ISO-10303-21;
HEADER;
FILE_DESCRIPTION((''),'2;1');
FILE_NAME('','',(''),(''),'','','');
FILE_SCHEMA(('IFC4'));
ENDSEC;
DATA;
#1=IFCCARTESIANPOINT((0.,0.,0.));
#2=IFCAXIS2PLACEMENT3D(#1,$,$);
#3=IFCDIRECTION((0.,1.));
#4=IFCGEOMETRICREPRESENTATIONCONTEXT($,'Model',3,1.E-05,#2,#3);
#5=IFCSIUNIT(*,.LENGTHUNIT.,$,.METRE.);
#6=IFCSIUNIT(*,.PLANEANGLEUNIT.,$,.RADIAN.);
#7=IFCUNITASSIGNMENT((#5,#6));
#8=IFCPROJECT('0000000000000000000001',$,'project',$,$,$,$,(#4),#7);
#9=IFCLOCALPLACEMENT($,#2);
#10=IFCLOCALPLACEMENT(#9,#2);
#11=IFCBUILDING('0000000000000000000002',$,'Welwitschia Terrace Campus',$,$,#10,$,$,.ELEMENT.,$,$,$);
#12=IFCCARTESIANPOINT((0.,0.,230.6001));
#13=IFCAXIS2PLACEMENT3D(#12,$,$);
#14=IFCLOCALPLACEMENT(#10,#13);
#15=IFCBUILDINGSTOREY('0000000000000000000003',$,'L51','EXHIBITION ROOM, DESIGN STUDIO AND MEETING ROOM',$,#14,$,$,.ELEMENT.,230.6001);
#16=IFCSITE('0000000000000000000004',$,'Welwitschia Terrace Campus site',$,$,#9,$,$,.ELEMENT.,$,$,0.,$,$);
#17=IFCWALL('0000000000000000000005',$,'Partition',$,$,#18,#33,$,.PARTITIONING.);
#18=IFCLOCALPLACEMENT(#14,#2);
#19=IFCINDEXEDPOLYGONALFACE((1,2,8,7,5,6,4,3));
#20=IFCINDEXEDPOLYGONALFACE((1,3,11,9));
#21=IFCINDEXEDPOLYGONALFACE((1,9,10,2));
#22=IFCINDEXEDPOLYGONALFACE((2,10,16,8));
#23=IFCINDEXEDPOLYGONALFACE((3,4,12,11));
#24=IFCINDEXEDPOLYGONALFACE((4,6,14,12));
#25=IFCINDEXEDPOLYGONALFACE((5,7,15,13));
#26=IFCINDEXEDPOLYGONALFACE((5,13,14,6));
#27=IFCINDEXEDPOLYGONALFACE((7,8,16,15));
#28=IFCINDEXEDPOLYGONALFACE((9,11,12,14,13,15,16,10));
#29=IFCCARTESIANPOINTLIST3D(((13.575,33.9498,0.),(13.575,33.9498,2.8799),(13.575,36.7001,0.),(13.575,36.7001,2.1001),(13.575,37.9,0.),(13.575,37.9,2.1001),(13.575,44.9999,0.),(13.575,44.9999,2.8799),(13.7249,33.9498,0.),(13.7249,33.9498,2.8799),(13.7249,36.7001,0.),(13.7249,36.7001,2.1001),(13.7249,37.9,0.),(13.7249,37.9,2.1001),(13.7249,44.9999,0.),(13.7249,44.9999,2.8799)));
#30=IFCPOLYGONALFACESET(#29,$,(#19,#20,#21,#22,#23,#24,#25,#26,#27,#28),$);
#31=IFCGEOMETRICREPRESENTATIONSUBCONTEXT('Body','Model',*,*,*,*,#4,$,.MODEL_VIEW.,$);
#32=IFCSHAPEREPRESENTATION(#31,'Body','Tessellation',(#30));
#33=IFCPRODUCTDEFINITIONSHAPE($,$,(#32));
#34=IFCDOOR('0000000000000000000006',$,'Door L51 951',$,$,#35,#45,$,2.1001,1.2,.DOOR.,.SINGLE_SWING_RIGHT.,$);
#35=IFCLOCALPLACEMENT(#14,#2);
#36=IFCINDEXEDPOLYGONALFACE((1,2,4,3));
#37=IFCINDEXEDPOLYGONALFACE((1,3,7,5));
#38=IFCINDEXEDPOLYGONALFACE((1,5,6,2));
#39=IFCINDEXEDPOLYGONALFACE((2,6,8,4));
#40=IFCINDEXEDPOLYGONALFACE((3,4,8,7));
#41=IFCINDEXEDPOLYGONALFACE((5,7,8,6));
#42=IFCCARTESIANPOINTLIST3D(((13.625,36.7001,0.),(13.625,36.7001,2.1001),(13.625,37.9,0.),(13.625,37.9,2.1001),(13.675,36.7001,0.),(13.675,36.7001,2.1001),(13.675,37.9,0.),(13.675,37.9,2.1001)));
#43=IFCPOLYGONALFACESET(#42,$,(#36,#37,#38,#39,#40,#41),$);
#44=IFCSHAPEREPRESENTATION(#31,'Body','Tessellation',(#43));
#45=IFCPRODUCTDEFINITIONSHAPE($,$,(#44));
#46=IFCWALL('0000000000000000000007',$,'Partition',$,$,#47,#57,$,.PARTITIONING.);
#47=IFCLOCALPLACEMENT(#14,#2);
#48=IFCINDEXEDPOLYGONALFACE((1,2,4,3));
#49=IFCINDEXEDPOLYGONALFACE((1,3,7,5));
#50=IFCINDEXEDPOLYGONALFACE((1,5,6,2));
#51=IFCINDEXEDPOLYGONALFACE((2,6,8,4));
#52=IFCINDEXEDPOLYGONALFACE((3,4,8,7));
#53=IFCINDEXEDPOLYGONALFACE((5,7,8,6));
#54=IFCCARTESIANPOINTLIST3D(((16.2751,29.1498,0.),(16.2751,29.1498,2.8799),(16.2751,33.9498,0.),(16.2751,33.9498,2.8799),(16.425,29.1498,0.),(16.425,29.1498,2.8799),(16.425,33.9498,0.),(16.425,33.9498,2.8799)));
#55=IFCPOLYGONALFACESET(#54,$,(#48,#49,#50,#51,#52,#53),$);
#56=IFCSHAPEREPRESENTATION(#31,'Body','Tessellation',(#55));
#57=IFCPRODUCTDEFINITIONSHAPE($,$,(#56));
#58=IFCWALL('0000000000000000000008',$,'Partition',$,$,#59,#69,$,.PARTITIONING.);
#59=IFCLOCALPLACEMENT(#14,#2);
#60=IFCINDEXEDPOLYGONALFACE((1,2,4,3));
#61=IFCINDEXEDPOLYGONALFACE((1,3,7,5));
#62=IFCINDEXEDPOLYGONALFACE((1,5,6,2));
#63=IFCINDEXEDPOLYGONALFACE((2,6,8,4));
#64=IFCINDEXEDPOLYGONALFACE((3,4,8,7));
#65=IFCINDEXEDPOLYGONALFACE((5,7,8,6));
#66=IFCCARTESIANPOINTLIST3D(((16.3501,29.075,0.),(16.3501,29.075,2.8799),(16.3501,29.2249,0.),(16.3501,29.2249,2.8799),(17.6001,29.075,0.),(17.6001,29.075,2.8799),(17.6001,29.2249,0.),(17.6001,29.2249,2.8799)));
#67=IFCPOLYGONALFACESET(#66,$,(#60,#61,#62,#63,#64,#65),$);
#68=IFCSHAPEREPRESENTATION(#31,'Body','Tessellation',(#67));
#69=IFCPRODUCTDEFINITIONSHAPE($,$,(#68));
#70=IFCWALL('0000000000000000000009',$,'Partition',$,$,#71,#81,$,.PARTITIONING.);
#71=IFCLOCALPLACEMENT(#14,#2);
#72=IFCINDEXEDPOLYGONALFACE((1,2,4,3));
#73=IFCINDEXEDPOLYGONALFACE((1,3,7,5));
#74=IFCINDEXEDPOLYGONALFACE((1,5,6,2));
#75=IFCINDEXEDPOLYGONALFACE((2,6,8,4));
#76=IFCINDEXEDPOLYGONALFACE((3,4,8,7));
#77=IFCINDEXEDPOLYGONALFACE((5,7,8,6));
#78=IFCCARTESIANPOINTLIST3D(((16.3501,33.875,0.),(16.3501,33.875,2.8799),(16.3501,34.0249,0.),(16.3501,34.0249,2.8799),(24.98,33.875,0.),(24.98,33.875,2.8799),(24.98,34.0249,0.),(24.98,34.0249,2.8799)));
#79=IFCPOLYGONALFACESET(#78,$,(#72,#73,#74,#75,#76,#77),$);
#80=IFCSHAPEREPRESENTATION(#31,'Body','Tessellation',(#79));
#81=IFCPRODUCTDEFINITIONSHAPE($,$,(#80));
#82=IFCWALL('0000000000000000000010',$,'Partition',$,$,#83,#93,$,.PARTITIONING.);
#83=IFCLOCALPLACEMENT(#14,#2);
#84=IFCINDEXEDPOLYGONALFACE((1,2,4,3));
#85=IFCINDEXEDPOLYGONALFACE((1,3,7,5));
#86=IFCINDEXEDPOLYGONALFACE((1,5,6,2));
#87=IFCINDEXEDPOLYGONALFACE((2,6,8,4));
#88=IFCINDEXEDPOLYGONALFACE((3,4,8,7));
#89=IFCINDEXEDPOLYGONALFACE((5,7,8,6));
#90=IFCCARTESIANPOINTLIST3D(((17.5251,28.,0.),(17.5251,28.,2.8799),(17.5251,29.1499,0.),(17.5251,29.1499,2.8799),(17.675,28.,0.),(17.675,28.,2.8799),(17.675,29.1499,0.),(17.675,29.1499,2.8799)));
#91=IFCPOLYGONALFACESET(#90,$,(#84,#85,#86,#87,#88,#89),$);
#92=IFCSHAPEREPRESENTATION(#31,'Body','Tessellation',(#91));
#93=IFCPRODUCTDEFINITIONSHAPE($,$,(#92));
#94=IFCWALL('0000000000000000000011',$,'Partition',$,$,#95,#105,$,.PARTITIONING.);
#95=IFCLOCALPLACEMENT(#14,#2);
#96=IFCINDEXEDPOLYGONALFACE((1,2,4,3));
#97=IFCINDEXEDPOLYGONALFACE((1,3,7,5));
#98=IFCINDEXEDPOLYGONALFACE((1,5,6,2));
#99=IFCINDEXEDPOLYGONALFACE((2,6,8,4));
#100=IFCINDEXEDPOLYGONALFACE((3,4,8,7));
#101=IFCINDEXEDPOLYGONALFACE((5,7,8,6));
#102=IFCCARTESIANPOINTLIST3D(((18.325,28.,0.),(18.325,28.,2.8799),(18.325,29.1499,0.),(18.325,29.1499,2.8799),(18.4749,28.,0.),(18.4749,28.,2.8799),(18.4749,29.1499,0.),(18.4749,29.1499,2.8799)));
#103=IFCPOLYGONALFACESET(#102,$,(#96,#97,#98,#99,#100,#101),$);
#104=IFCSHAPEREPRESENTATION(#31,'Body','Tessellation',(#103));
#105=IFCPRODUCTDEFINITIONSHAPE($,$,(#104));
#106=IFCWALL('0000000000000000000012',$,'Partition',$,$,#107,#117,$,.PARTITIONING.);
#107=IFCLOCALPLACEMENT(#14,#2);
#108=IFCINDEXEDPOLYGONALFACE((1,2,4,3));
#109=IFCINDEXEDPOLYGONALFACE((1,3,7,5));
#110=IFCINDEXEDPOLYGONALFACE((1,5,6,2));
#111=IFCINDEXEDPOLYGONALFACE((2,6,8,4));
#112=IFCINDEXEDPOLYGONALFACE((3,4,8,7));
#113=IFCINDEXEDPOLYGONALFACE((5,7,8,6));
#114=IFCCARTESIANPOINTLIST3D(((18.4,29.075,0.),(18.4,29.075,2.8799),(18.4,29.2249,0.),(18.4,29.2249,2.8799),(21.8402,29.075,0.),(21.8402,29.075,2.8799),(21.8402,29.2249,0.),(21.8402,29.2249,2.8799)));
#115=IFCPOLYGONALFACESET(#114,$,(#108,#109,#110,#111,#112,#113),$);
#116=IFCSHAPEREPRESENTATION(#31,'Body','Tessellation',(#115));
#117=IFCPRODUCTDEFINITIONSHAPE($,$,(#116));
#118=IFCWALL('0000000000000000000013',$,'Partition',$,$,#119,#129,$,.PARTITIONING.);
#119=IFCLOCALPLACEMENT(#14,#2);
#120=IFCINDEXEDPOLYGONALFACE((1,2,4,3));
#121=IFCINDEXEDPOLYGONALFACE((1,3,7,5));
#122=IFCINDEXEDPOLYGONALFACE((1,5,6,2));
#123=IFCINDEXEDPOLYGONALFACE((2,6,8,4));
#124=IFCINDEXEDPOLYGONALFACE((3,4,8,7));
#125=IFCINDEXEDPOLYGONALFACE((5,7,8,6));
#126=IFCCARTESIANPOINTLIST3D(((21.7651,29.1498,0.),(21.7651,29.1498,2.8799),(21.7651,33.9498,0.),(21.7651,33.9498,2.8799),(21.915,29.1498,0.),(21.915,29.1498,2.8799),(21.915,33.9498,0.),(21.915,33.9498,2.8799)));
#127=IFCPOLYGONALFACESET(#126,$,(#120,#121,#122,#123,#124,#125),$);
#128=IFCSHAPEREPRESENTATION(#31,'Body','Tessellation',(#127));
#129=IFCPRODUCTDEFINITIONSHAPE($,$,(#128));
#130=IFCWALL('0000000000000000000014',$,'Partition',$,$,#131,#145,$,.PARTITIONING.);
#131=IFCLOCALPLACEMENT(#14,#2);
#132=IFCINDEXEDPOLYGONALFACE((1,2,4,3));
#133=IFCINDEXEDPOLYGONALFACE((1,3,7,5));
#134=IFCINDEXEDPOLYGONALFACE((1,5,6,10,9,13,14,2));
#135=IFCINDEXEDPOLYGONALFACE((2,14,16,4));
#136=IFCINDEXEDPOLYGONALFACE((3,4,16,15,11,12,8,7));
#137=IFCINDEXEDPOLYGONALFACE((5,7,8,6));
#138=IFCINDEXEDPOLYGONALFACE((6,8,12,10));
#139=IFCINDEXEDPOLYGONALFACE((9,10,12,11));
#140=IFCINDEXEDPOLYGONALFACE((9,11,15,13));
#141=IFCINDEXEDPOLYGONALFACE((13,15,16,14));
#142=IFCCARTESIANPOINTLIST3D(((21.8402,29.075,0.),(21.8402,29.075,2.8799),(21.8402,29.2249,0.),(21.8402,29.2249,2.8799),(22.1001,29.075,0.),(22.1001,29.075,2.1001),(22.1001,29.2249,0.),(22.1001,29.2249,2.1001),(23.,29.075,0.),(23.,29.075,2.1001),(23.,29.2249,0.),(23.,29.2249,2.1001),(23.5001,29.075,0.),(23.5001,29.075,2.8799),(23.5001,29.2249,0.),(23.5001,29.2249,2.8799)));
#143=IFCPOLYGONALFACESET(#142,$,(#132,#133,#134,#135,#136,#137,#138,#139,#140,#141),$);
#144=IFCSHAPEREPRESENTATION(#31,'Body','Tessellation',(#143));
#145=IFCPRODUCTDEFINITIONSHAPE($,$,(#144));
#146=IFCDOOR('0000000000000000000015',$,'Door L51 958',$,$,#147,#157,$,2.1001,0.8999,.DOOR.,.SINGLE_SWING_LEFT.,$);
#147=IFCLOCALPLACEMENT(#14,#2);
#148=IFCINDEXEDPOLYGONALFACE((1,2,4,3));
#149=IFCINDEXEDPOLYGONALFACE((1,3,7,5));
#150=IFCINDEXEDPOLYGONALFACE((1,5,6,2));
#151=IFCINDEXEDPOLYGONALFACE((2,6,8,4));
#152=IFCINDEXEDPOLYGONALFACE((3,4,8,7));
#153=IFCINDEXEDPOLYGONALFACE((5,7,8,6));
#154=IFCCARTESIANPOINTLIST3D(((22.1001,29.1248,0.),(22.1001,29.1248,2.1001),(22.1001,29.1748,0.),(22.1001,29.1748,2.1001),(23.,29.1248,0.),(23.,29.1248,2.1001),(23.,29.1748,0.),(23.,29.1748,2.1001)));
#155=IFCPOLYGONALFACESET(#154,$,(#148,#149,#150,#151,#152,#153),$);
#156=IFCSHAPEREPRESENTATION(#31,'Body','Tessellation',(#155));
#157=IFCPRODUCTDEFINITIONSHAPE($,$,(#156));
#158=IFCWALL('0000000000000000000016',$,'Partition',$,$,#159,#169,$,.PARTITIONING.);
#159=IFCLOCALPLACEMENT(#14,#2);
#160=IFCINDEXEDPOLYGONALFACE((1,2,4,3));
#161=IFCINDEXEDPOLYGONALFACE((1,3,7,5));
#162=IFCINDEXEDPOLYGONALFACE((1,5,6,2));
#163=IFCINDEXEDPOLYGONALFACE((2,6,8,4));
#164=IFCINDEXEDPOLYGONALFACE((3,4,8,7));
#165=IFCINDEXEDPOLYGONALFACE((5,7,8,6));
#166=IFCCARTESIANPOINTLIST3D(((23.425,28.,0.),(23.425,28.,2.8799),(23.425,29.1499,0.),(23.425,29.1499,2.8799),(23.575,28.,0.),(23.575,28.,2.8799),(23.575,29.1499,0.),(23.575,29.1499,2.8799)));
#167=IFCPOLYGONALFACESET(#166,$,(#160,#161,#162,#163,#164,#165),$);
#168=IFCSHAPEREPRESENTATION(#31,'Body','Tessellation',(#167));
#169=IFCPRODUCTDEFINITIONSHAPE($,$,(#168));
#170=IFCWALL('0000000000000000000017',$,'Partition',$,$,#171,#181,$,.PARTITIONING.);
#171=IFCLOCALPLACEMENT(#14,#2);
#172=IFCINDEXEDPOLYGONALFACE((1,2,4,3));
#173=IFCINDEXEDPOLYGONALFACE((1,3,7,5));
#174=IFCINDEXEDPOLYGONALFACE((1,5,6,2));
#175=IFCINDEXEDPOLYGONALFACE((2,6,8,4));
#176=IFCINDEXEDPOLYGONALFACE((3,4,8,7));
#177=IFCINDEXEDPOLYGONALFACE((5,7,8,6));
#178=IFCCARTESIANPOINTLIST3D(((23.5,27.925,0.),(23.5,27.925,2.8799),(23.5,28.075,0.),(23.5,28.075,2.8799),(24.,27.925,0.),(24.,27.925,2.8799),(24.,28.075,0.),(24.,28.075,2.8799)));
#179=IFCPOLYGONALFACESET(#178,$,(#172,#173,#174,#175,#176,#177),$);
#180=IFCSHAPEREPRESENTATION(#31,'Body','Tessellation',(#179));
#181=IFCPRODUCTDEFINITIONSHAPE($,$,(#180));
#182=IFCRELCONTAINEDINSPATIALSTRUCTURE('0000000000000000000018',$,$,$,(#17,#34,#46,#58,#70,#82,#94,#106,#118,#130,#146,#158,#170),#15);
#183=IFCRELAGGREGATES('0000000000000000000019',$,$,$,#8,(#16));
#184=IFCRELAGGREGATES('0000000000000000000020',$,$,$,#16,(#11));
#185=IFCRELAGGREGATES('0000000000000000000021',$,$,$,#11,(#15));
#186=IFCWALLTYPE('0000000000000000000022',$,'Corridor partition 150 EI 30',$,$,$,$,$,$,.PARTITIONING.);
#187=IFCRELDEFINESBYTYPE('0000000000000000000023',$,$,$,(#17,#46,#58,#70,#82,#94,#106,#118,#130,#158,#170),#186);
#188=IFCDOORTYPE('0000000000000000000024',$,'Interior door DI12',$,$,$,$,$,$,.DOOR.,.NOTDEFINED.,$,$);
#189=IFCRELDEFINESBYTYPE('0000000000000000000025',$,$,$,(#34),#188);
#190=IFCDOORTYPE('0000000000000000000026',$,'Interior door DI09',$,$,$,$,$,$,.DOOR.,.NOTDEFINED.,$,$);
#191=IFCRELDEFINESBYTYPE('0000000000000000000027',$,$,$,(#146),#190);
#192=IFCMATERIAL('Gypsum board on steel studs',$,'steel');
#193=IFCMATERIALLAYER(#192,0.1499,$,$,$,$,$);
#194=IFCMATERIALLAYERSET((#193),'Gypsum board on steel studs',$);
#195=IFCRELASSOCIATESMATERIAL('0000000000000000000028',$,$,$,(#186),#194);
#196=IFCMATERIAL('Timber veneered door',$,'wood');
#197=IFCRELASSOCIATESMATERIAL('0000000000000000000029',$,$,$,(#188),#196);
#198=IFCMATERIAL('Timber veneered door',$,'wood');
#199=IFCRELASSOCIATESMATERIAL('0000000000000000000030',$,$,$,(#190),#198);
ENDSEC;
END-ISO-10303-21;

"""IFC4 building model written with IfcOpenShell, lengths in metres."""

from ifc_helpers import new_model, si_unit, direction, frame, frame_2d, origin, place, context, subcontext, project, spatial, rectangle, extrude, material, layer, layer_set, type_object, element, fill, save


model = new_model("IFC4")

# Units and contexts
model_context = context("Model", 3, precision=1e-05, world=origin(), true_north=direction((0.0, 1.0)))
body_context = subcontext(model_context, "Body", "Model", "MODEL_VIEW")
ifc_project = project(units=[si_unit("LENGTHUNIT", "METRE"), si_unit("PLANEANGLEUNIT", "RADIAN")], contexts=[model_context])

# Site, building, storey
site_placement = place(None, origin())
site = spatial("IfcSite", under=ifc_project, at=site_placement, Name="Welwitschia Terrace Campus site", CompositionType="ELEMENT", RefElevation=0.0)
building_placement = place(site_placement, origin())
building = spatial("IfcBuilding", under=site, at=building_placement, Name="Welwitschia Terrace Campus", CompositionType="ELEMENT")
storey_placement = place(building_placement, frame((0.0, 0.0, 230.6001)))
storey = spatial("IfcBuildingStorey", under=building, at=storey_placement, Name="L51", Description="EXHIBITION ROOM, DESIGN STUDIO AND MEETING ROOM", CompositionType="ELEMENT", Elevation=230.6001)

# Wall, opening, door
ifc_material_1 = material(Name="Gypsum board on steel studs", Category="steel")
ifc_layer_1 = layer(ifc_material_1, 0.1499)
ifc_layer_set_1 = layer_set([ifc_layer_1], Name="Gypsum board on steel studs")
wall_type = type_object("IfcWallType", Name="Corridor partition 150 EI 30", PredefinedType="PARTITIONING", material=ifc_layer_set_1)
wall_1_placement = place(storey_placement, frame((13.6499, 33.95, 0.0), z_axis=(0.0, 0.0, 1.0), x_axis=(0.0, 1.0, 0.0)))
wall_1 = element("IfcWall", 1, at=wall_1_placement, inside=storey, type_object=wall_type, Name="Partition", PredefinedType="PARTITIONING", context=body_context, shape_type="SweptSolid", body=[
    extrude(rectangle(XDim=11.05, YDim=0.1499, at=frame_2d((5.5249, 0.0))), origin(), (0.0, 0.0, 1.0), 2.8799),
])
opening_1_placement = place(wall_1_placement, frame((2.75, 0.0, 0.0)))
opening_1 = element("IfcOpeningElement", 2, at=opening_1_placement, cuts=wall_1, PredefinedType="OPENING", context=body_context, shape_type="SweptSolid", body=[
    extrude(rectangle(XDim=1.2, YDim=2.1001, at=frame_2d((0.6001, 1.05))), frame((0.0, 0.085, 0.0), z_axis=(0.0, -1.0, 0.0), x_axis=(1.0, 0.0, 0.0)), (0.0, 0.0, 1.0), 0.1699),
])
ifc_material_2 = material(Name="Timber veneered door", Category="wood")
door_type_1 = type_object("IfcDoorType", Name="Interior door DI12", OperationType="NOTDEFINED", PredefinedType="DOOR", material=ifc_material_2)
door_1_placement = place(opening_1_placement, origin())
door_1 = element("IfcDoor", 3, at=door_1_placement, inside=storey, type_object=door_type_1, Name="Door L51 951", OperationType="SINGLE_SWING_RIGHT", OverallHeight=2.1001, OverallWidth=1.2, PredefinedType="DOOR", context=body_context, shape_type="SweptSolid", body=[
    extrude(rectangle(XDim=1.2, YDim=2.1001, at=frame_2d((0.6001, 1.05))), frame((0.0, 0.0249, 0.0), z_axis=(0.0, -1.0, 0.0), x_axis=(1.0, 0.0, 0.0)), (0.0, 0.0, 1.0), 0.05),
])
fill(opening_1, door_1)

# Walls
wall_2_placement = place(storey_placement, frame((16.3501, 29.1499, 0.0), z_axis=(0.0, 0.0, 1.0), x_axis=(0.0, 1.0, 0.0)))
element("IfcWall", 4, at=wall_2_placement, inside=storey, type_object=wall_type, Name="Partition", PredefinedType="PARTITIONING", context=body_context, shape_type="SweptSolid", body=[
    extrude(rectangle(XDim=4.8, YDim=0.1499, at=frame_2d((2.3999, 0.0))), origin(), (0.0, 0.0, 1.0), 2.8799),
])
wall_3_placement = place(storey_placement, frame((16.3501, 29.1499, 0.0), z_axis=(0.0, 0.0, 1.0), x_axis=(1.0, 0.0, 0.0)))
element("IfcWall", 5, at=wall_3_placement, inside=storey, type_object=wall_type, Name="Partition", PredefinedType="PARTITIONING", context=body_context, shape_type="SweptSolid", body=[
    extrude(rectangle(XDim=1.25, YDim=0.1499, at=frame_2d((0.625, 0.0))), origin(), (0.0, 0.0, 1.0), 2.8799),
])
wall_4_placement = place(storey_placement, frame((16.3501, 33.95, 0.0), z_axis=(0.0, 0.0, 1.0), x_axis=(1.0, 0.0, 0.0)))
element("IfcWall", 6, at=wall_4_placement, inside=storey, type_object=wall_type, Name="Partition", PredefinedType="PARTITIONING", context=body_context, shape_type="SweptSolid", body=[
    extrude(rectangle(XDim=8.6299, YDim=0.1499, at=frame_2d((4.3149, 0.0))), origin(), (0.0, 0.0, 1.0), 2.8799),
])
for number, where, z_axis, x_axis, name in (
    (7, (17.6001, 28.0, 0.0), (0.0, 0.0, 1.0), (0.0, 1.0, 0.0), "Partition"),
    (8, (18.3999, 28.0, 0.0), (0.0, 0.0, 1.0), (0.0, 1.0, 0.0), "Partition"),
):
    element("IfcWall", number, at=place(storey_placement, frame(where, z_axis=z_axis, x_axis=x_axis)), inside=storey, type_object=wall_type, Name=name, PredefinedType="PARTITIONING", context=body_context, shape_type="SweptSolid", body=[
        extrude(rectangle(XDim=1.1499, YDim=0.1499, at=frame_2d((0.575, 0.0))), origin(), (0.0, 0.0, 1.0), 2.8799),
    ])
wall_5_placement = place(storey_placement, frame((18.3999, 29.1499, 0.0), z_axis=(0.0, 0.0, 1.0), x_axis=(1.0, 0.0, 0.0)))
element("IfcWall", 9, at=wall_5_placement, inside=storey, type_object=wall_type, Name="Partition", PredefinedType="PARTITIONING", context=body_context, shape_type="SweptSolid", body=[
    extrude(rectangle(XDim=3.4402, YDim=0.1499, at=frame_2d((1.7202, 0.0))), origin(), (0.0, 0.0, 1.0), 2.8799),
])
wall_6_placement = place(storey_placement, frame((21.8401, 29.1499, 0.0), z_axis=(0.0, 0.0, 1.0), x_axis=(0.0, 1.0, 0.0)))
element("IfcWall", 10, at=wall_6_placement, inside=storey, type_object=wall_type, Name="Partition", PredefinedType="PARTITIONING", context=body_context, shape_type="SweptSolid", body=[
    extrude(rectangle(XDim=4.8, YDim=0.1499, at=frame_2d((2.3999, 0.0))), origin(), (0.0, 0.0, 1.0), 2.8799),
])

# Wall, opening, door
wall_7_placement = place(storey_placement, frame((21.8401, 29.1499, 0.0), z_axis=(0.0, 0.0, 1.0), x_axis=(1.0, 0.0, 0.0)))
wall_7 = element("IfcWall", 11, at=wall_7_placement, inside=storey, type_object=wall_type, Name="Partition", PredefinedType="PARTITIONING", context=body_context, shape_type="SweptSolid", body=[
    extrude(rectangle(XDim=1.6599, YDim=0.1499, at=frame_2d((0.8301, 0.0))), origin(), (0.0, 0.0, 1.0), 2.8799),
])
opening_2_placement = place(wall_7_placement, frame((0.26, 0.0, 0.0)))
opening_2 = element("IfcOpeningElement", 12, at=opening_2_placement, cuts=wall_7, PredefinedType="OPENING", context=body_context, shape_type="SweptSolid", body=[
    extrude(rectangle(XDim=0.8999, YDim=2.1001, at=frame_2d((0.45, 1.05))), frame((0.0, 0.085, 0.0), z_axis=(0.0, -1.0, 0.0), x_axis=(1.0, 0.0, 0.0)), (0.0, 0.0, 1.0), 0.1699),
])
ifc_material_3 = material(Name="Timber veneered door", Category="wood")
door_type_2 = type_object("IfcDoorType", Name="Interior door DI09", OperationType="NOTDEFINED", PredefinedType="DOOR", material=ifc_material_3)
door_2_placement = place(opening_2_placement, origin())
door_2 = element("IfcDoor", 13, at=door_2_placement, inside=storey, type_object=door_type_2, Name="Door L51 958", OperationType="SINGLE_SWING_LEFT", OverallHeight=2.1001, OverallWidth=0.8999, PredefinedType="DOOR", context=body_context, shape_type="SweptSolid", body=[
    extrude(rectangle(XDim=0.8999, YDim=2.1001, at=frame_2d((0.45, 1.05))), frame((0.0, 0.0249, 0.0), z_axis=(0.0, -1.0, 0.0), x_axis=(1.0, 0.0, 0.0)), (0.0, 0.0, 1.0), 0.05),
])
fill(opening_2, door_2)

# Walls
wall_8_placement = place(storey_placement, frame((23.5, 28.0, 0.0), z_axis=(0.0, 0.0, 1.0), x_axis=(0.0, 1.0, 0.0)))
element("IfcWall", 14, at=wall_8_placement, inside=storey, type_object=wall_type, Name="Partition", PredefinedType="PARTITIONING", context=body_context, shape_type="SweptSolid", body=[
    extrude(rectangle(XDim=1.1499, YDim=0.1499, at=frame_2d((0.575, 0.0))), origin(), (0.0, 0.0, 1.0), 2.8799),
])
wall_9_placement = place(storey_placement, frame((23.5, 28.0, 0.0), z_axis=(0.0, 0.0, 1.0), x_axis=(1.0, 0.0, 0.0)))
element("IfcWall", 15, at=wall_9_placement, inside=storey, type_object=wall_type, Name="Partition", PredefinedType="PARTITIONING", context=body_context, shape_type="SweptSolid", body=[
    extrude(rectangle(XDim=0.5, YDim=0.1499, at=frame_2d((0.25, 0.0))), origin(), (0.0, 0.0, 1.0), 2.8799),
])

save(model, "model.ifc")
